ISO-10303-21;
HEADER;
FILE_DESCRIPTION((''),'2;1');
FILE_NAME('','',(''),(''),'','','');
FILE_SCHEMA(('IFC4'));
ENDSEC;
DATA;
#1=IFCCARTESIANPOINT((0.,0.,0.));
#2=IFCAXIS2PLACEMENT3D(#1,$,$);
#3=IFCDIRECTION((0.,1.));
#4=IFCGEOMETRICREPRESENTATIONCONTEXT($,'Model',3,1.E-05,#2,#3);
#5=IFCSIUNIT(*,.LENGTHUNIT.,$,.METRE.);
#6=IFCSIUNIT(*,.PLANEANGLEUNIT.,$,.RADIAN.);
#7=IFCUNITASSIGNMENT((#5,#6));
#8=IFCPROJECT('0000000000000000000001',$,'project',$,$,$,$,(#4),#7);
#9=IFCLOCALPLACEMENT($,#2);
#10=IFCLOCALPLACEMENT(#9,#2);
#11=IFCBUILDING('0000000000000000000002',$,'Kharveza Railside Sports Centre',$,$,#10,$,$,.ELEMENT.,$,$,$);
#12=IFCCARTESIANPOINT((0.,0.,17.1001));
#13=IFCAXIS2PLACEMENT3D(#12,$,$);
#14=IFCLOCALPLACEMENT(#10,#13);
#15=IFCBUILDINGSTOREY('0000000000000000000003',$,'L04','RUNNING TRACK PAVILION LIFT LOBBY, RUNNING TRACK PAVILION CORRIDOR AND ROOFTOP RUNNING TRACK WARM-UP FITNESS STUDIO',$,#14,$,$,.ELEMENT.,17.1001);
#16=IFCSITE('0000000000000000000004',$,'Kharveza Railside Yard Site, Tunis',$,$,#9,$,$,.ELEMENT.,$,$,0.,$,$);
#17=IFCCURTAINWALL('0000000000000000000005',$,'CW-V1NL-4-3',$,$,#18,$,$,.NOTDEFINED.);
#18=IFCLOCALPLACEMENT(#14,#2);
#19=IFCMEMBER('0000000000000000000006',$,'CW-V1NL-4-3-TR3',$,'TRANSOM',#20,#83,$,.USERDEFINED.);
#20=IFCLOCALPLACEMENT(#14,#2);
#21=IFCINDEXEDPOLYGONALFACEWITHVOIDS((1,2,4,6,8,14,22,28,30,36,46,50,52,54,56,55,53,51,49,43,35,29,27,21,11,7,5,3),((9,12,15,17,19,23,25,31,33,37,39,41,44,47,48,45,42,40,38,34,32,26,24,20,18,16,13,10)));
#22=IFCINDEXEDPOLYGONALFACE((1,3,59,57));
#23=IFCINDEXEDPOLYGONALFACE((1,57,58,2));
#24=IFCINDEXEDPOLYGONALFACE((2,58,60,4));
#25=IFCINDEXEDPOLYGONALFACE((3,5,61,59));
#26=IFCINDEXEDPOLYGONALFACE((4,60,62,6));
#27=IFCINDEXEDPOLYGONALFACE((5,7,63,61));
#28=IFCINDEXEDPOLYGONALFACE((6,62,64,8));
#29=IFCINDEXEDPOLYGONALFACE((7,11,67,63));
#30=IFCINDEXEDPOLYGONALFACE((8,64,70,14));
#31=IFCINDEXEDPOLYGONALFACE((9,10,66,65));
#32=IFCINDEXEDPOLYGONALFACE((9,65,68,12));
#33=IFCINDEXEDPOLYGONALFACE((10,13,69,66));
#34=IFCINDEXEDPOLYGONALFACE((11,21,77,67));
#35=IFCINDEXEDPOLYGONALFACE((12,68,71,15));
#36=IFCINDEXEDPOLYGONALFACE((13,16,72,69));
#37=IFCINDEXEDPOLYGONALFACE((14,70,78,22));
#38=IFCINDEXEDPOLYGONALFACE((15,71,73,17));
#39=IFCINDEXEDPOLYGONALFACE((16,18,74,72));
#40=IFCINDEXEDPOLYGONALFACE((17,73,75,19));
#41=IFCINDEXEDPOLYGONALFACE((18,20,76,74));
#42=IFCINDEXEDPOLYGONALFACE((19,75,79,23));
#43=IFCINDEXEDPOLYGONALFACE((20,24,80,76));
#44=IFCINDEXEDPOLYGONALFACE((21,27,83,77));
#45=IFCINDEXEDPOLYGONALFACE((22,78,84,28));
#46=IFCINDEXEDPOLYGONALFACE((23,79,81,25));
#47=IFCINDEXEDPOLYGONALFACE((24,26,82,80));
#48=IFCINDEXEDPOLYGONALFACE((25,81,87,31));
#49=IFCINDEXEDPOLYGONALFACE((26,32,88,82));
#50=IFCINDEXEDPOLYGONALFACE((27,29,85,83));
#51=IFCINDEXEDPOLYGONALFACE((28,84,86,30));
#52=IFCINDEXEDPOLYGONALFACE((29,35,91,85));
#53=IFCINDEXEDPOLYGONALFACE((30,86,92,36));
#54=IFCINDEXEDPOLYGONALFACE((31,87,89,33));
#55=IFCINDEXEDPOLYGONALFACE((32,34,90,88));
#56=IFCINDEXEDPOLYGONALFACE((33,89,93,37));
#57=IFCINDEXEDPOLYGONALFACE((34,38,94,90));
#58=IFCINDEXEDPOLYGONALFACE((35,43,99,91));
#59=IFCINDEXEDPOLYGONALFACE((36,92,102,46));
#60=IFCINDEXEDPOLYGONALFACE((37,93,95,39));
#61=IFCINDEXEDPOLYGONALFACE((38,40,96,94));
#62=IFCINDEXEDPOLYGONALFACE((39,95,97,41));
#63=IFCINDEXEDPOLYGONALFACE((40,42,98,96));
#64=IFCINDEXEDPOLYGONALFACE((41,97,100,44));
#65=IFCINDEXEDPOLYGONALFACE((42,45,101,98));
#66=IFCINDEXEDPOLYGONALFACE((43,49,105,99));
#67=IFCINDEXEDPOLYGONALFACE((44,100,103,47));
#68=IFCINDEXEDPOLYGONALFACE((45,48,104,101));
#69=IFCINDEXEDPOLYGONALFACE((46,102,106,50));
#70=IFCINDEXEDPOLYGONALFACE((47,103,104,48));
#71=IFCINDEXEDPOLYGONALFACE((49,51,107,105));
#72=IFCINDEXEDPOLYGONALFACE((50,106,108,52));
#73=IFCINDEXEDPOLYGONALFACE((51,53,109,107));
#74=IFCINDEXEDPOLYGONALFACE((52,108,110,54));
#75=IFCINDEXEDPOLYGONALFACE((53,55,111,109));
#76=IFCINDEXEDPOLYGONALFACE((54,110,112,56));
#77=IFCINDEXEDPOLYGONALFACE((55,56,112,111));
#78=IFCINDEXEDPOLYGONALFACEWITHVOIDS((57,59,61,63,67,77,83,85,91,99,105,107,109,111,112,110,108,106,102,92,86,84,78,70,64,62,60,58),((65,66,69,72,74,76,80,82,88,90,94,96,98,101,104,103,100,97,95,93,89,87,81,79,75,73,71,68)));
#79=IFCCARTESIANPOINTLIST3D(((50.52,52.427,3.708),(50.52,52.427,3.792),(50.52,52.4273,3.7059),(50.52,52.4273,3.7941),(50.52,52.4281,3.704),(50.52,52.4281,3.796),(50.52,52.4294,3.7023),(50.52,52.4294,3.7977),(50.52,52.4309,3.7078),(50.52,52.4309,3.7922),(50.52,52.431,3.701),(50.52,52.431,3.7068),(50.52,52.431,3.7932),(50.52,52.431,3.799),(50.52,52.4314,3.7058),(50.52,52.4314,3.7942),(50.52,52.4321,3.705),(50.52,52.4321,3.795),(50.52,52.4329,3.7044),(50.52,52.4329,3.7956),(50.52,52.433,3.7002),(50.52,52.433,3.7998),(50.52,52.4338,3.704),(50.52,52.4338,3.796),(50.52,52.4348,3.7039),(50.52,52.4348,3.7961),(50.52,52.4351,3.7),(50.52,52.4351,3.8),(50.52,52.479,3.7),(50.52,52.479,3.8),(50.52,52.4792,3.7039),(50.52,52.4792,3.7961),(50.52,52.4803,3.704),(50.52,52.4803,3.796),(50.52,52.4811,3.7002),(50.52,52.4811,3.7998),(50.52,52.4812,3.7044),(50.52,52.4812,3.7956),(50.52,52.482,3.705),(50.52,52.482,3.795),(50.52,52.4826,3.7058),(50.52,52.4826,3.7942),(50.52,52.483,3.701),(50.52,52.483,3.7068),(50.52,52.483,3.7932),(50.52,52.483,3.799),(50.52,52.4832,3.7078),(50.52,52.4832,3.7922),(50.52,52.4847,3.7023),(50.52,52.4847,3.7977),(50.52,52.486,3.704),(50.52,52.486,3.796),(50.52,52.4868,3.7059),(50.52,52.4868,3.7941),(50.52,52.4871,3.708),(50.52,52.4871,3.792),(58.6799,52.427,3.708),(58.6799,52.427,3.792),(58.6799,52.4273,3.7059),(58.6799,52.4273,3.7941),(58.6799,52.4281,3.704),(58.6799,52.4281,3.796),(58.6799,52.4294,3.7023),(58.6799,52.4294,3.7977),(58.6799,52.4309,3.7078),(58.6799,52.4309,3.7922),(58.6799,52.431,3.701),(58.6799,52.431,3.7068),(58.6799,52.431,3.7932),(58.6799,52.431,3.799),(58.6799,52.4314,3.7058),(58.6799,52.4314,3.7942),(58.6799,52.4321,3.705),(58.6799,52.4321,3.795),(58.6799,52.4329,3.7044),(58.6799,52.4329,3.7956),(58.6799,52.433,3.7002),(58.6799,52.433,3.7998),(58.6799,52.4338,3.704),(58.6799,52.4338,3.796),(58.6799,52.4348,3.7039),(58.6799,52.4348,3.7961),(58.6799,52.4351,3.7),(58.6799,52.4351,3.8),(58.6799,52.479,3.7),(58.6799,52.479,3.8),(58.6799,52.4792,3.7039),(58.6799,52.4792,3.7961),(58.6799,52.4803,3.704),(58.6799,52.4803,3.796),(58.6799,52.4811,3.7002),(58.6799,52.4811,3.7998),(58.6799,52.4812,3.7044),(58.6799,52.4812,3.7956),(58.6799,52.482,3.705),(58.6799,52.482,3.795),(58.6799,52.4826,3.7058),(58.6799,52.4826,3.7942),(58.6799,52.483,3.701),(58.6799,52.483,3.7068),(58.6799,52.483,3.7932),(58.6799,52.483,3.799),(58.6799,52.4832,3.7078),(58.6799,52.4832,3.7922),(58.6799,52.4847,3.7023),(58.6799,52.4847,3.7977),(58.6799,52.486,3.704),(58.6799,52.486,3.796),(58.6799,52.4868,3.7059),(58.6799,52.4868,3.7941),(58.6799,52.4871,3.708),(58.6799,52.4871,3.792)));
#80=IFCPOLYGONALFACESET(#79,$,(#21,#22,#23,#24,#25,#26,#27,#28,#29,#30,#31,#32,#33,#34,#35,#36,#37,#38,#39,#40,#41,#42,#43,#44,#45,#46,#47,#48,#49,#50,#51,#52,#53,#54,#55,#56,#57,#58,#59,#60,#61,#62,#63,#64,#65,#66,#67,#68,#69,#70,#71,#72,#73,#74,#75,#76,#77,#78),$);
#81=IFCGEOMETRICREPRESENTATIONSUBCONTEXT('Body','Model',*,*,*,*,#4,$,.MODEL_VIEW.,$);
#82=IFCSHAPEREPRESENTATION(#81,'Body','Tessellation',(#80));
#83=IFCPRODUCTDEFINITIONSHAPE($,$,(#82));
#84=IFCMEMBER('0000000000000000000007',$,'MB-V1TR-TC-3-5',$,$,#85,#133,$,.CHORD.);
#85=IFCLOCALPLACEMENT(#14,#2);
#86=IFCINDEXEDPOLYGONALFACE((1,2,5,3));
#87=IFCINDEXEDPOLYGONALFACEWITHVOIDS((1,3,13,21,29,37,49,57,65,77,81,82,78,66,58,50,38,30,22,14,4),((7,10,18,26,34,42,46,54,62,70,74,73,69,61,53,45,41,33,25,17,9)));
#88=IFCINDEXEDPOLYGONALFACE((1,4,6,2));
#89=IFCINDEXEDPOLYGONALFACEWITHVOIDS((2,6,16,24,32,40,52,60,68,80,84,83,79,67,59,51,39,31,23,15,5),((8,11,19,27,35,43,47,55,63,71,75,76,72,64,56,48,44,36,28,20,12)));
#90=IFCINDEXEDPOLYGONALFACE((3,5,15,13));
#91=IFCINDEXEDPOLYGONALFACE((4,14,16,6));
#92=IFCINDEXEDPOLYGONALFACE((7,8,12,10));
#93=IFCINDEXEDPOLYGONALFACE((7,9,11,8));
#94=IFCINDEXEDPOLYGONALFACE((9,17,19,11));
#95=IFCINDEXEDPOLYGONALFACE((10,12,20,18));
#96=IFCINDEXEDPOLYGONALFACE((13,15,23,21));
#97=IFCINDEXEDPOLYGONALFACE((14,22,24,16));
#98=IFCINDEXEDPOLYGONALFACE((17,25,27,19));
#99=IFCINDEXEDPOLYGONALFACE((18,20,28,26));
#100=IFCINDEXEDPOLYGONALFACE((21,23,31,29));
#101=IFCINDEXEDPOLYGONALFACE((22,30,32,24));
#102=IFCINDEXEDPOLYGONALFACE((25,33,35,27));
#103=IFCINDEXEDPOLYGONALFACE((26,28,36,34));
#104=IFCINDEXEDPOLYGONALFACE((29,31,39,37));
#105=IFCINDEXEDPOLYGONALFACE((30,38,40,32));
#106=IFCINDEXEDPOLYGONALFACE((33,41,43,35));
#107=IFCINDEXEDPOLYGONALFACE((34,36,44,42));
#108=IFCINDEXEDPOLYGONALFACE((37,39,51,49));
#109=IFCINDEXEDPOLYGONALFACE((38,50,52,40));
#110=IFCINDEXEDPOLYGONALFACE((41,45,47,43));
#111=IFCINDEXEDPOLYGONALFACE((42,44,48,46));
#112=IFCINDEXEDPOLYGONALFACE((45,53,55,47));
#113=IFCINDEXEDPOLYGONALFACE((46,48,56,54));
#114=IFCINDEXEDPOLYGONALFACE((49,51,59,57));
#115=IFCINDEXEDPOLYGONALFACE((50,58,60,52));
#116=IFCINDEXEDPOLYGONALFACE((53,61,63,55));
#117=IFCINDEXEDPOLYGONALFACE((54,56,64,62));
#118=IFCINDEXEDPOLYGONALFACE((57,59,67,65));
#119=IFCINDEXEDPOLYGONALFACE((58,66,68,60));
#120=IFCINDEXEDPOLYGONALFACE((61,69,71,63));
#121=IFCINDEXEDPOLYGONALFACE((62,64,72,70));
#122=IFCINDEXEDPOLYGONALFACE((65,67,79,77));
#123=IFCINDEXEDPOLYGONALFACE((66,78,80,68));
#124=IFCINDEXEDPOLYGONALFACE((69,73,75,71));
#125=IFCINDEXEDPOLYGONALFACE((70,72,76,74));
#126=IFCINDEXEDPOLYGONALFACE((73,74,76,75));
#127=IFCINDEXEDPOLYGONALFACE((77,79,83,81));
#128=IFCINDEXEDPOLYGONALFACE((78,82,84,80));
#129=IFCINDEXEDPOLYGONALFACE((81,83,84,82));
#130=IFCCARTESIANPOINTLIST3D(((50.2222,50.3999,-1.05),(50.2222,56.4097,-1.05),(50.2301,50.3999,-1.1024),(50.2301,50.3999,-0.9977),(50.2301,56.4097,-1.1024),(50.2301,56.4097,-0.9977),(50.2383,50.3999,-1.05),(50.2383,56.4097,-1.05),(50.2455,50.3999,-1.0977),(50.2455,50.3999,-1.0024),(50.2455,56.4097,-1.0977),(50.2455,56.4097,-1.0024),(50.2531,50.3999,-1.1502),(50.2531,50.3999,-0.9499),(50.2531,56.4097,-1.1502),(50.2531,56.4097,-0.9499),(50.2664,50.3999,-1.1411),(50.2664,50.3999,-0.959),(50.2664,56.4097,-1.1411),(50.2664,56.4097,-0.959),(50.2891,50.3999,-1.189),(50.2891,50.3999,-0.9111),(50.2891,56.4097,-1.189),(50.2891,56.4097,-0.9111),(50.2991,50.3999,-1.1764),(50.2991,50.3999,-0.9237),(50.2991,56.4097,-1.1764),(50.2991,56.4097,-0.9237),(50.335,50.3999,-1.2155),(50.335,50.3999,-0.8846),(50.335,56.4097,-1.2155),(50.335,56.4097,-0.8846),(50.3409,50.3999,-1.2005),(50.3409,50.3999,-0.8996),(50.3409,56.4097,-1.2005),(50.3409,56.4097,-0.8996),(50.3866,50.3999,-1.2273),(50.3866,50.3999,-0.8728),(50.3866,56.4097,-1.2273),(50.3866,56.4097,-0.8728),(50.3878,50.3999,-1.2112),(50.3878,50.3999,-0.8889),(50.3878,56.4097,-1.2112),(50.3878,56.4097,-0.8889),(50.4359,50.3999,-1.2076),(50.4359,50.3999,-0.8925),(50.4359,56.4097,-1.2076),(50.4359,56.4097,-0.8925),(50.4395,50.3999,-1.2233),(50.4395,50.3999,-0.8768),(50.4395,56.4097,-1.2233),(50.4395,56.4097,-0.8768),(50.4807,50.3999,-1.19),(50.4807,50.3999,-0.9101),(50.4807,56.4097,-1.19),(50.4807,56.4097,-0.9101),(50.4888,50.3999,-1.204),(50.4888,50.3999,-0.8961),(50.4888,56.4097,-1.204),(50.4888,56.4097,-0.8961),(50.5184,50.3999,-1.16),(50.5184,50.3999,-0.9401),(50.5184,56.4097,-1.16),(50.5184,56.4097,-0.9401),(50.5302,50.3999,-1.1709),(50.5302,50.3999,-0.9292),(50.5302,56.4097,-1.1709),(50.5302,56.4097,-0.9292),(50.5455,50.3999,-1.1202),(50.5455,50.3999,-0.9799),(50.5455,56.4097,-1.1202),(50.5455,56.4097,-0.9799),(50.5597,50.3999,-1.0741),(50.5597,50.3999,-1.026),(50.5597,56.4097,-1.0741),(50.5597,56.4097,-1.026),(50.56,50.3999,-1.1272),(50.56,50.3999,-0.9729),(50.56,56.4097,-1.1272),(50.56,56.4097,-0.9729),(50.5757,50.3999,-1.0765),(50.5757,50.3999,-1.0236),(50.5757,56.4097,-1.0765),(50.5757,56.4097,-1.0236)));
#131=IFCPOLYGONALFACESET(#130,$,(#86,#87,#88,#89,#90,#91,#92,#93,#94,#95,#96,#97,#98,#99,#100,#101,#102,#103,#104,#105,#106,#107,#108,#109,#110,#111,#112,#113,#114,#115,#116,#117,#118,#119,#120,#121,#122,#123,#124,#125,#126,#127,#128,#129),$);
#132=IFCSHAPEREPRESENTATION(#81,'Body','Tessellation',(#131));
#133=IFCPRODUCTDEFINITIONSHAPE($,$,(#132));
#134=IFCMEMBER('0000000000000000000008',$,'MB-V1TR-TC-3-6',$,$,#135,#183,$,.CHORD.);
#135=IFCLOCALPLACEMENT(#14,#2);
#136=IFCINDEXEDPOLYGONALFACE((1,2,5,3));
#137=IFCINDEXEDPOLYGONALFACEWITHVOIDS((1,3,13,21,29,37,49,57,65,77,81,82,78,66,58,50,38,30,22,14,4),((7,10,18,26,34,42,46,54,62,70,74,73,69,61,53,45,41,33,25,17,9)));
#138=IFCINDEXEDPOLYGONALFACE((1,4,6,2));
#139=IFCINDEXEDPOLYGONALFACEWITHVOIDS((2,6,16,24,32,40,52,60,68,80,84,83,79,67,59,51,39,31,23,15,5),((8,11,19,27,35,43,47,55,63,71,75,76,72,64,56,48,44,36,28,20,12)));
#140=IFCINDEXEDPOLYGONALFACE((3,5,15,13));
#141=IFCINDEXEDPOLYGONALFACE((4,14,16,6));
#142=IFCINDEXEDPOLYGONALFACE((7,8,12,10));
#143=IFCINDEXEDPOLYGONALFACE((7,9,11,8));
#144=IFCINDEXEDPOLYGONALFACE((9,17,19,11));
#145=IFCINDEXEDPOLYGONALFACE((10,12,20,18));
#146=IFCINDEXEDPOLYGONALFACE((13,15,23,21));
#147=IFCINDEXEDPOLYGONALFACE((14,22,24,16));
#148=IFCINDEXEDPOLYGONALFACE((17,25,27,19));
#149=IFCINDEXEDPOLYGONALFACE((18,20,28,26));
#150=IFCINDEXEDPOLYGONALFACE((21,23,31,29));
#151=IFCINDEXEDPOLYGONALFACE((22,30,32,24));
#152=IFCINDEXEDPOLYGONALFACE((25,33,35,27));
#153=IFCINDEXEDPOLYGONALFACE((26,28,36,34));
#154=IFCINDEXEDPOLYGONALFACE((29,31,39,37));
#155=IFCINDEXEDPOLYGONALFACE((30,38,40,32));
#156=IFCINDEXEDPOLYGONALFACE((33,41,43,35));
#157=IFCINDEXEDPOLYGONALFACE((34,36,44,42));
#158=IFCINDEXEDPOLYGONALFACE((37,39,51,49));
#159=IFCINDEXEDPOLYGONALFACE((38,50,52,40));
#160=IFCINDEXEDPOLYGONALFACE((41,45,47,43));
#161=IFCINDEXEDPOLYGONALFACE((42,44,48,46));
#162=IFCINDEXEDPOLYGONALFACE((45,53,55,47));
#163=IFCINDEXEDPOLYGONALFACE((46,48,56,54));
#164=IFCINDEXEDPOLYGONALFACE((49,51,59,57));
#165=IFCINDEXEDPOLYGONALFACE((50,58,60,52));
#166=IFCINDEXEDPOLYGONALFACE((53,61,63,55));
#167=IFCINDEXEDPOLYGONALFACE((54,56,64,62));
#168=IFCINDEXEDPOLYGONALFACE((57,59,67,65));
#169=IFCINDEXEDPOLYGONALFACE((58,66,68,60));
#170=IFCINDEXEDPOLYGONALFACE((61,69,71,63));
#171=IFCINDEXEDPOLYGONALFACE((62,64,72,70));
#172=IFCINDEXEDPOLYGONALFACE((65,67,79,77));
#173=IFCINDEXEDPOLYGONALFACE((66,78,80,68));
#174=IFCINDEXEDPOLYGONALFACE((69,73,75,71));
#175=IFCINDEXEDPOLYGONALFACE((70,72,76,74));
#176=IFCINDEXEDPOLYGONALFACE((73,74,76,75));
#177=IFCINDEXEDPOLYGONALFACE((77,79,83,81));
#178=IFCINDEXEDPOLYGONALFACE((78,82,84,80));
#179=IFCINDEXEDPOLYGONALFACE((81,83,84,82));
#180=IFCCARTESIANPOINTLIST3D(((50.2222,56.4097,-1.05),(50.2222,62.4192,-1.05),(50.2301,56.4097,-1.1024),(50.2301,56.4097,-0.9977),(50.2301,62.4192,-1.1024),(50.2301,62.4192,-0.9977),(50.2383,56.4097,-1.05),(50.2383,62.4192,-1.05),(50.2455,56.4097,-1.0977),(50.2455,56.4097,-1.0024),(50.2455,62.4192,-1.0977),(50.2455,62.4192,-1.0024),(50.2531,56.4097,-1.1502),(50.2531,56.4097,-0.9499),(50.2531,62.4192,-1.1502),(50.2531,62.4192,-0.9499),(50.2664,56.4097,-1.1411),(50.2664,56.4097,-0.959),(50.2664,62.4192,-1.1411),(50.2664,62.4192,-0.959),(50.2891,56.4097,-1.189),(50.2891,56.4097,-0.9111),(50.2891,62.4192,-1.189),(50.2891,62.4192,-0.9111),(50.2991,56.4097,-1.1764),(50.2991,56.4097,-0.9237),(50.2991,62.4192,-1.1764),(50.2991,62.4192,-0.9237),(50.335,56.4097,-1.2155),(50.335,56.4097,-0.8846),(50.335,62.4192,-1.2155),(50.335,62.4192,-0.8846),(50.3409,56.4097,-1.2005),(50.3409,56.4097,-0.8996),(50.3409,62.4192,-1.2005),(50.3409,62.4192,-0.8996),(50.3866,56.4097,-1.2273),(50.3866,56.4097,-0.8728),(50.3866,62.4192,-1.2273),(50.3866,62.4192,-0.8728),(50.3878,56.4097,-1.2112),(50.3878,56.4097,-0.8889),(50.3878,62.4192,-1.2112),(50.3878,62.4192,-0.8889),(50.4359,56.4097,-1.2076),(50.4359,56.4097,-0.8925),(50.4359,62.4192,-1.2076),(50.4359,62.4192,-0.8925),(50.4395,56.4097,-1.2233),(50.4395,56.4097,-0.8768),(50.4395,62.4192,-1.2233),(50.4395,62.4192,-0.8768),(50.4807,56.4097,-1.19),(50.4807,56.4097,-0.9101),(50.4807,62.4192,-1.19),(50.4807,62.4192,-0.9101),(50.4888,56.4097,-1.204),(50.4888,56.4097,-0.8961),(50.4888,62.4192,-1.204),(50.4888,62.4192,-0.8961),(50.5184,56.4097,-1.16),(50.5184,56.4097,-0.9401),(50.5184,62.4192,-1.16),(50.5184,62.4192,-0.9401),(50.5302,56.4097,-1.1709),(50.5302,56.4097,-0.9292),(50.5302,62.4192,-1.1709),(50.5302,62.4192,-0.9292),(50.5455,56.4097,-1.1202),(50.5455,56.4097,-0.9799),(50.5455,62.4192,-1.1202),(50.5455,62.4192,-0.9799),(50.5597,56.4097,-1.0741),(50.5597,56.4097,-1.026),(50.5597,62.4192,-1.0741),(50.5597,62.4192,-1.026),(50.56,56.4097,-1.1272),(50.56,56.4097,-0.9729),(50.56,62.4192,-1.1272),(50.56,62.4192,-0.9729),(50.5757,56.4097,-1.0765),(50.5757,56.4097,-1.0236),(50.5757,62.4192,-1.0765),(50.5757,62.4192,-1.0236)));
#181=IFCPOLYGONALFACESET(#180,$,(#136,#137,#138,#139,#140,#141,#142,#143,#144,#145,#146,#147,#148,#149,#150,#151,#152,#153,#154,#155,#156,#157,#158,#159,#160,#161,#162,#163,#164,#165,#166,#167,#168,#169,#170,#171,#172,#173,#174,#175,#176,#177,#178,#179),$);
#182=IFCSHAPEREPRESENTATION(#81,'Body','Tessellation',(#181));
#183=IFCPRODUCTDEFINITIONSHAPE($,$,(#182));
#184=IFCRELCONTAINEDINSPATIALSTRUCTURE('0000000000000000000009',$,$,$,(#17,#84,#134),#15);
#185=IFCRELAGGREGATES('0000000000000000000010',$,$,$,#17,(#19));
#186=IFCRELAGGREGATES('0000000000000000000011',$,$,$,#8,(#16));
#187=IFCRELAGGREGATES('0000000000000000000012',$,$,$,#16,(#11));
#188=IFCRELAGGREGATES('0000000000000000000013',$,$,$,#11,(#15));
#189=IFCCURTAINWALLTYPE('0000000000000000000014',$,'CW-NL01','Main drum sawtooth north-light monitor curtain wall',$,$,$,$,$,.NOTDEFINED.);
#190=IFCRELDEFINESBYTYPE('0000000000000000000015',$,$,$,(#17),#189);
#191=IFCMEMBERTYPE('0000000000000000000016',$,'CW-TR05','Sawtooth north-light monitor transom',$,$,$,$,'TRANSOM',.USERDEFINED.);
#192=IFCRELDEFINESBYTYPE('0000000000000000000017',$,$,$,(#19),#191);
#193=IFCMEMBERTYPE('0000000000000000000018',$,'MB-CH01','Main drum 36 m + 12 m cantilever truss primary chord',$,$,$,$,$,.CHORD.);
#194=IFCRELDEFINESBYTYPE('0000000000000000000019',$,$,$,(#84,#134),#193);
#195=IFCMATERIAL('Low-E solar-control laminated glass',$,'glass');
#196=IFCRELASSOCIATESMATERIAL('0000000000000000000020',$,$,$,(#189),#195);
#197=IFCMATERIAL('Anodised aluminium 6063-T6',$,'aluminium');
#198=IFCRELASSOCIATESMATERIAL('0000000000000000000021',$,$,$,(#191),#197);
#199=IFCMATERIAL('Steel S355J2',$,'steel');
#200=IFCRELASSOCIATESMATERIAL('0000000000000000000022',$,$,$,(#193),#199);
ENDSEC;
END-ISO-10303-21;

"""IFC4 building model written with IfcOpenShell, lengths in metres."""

from ifc_helpers import new_model, si_unit, direction, frame, origin, origin_2d, place, context, subcontext, project, spatial, hollow_rectangle, hollow_circle, extrude, material, material_profile, profile_set, type_object, element, aggregate, save


model = new_model("IFC4")

# Units and contexts
model_context = context("Model", 3, precision=1e-05, world=origin(), true_north=direction((0.0, 1.0)))
body_context = subcontext(model_context, "Body", "Model", "MODEL_VIEW")
ifc_project = project(units=[si_unit("LENGTHUNIT", "METRE"), si_unit("PLANEANGLEUNIT", "RADIAN")], contexts=[model_context])

# Site, building, storey
site_placement = place(None, origin())
site = spatial("IfcSite", under=ifc_project, at=site_placement, Name="Kharveza Railside Yard Site, Tunis", CompositionType="ELEMENT", RefElevation=0.0)
building_placement = place(site_placement, origin())
building = spatial("IfcBuilding", under=site, at=building_placement, Name="Kharveza Railside Sports Centre", CompositionType="ELEMENT")
storey_placement = place(building_placement, frame((0.0, 0.0, 17.1001)))
storey = spatial("IfcBuildingStorey", under=building, at=storey_placement, Name="L04", Description="RUNNING TRACK PAVILION LIFT LOBBY, RUNNING TRACK PAVILION CORRIDOR AND ROOFTOP RUNNING TRACK WARM-UP FITNESS STUDIO", CompositionType="ELEMENT", Elevation=17.1001)

# Shared definitions
ifc_material_1 = material(Name="Low-E solar-control laminated glass", Category="glass")
curtain_wall_type = type_object("IfcCurtainWallType", Name="CW-NL01", Description="Main drum sawtooth north-light monitor curtain wall", PredefinedType="NOTDEFINED", material=ifc_material_1)
ifc_material_2 = material(Name="Anodised aluminium 6063-T6", Category="aluminium")

# Curtain wall
curtain_wall_1_placement = place(storey_placement, origin())
curtain_wall_1 = element("IfcCurtainWall", 1, at=curtain_wall_1_placement, inside=storey, type_object=curtain_wall_type, Name="CW-V1NL-4-3", PredefinedType="NOTDEFINED")

# Member
ifc_material_profile_1 = material_profile(ifc_material_2, hollow_rectangle(XDim=0.0601, YDim=0.1001, WallThickness=0.0039, InnerFilletRadius=0.0039, OuterFilletRadius=0.0081, at=origin_2d()), Name="RHS 60x100x4.0")
ifc_profile_set_1 = profile_set([ifc_material_profile_1], Name="Anodised aluminium 6063-T6")
member_type_1 = type_object("IfcMemberType", Name="CW-TR05", Description="Sawtooth north-light monitor transom", ElementType="TRANSOM", PredefinedType="USERDEFINED", material=ifc_profile_set_1)
member_1_placement = place(storey_placement, frame((50.52, 52.457, 3.75), z_axis=(1.0, 0.0, 0.0), x_axis=(0.0, 1.0, 0.0)))
member_1 = element("IfcMember", 2, at=member_1_placement, type_object=member_type_1, Name="CW-V1NL-4-3-TR3", ObjectType="TRANSOM", PredefinedType="USERDEFINED", context=body_context, shape_type="SweptSolid", body=[
    extrude(hollow_rectangle(XDim=0.0601, YDim=0.1001, WallThickness=0.0039, InnerFilletRadius=0.0039, OuterFilletRadius=0.0081, at=origin_2d()), origin(), (0.0, 0.0, 1.0), 8.1599),
])

# Members
ifc_material_3 = material(Name="Steel S355J2", Category="steel")
ifc_material_profile_2 = material_profile(ifc_material_3, hollow_circle(Radius=0.1777, WallThickness=0.0161, at=origin_2d()), Name="CHS 355.6x16.0")
ifc_profile_set_2 = profile_set([ifc_material_profile_2], Name="Steel S355J2")
member_type_2 = type_object("IfcMemberType", Name="MB-CH01", Description="Main drum 36 m + 12 m cantilever truss primary chord", PredefinedType="CHORD", material=ifc_profile_set_2)
member_2_placement = place(storey_placement, frame((50.3999, 50.3999, -1.05), z_axis=(0.0, 1.0, 0.0), x_axis=(-1.0, 0.0, 0.0)))
element("IfcMember", 3, at=member_2_placement, inside=storey, type_object=member_type_2, Name="MB-V1TR-TC-3-5", PredefinedType="CHORD", context=body_context, shape_type="SweptSolid", body=[
    extrude(hollow_circle(Radius=0.1777, WallThickness=0.0161, at=origin_2d()), origin(), (0.0, 0.0, 1.0), 6.0098),
])
member_3_placement = place(storey_placement, frame((50.3999, 56.4097, -1.05), z_axis=(0.0, 1.0, 0.0), x_axis=(-1.0, 0.0, 0.0)))
element("IfcMember", 4, at=member_3_placement, inside=storey, type_object=member_type_2, Name="MB-V1TR-TC-3-6", PredefinedType="CHORD", context=body_context, shape_type="SweptSolid", body=[
    extrude(hollow_circle(Radius=0.1777, WallThickness=0.0161, at=origin_2d()), origin(), (0.0, 0.0, 1.0), 6.0095),
])

aggregate(curtain_wall_1, [member_1])

save(model, "model.ifc")
